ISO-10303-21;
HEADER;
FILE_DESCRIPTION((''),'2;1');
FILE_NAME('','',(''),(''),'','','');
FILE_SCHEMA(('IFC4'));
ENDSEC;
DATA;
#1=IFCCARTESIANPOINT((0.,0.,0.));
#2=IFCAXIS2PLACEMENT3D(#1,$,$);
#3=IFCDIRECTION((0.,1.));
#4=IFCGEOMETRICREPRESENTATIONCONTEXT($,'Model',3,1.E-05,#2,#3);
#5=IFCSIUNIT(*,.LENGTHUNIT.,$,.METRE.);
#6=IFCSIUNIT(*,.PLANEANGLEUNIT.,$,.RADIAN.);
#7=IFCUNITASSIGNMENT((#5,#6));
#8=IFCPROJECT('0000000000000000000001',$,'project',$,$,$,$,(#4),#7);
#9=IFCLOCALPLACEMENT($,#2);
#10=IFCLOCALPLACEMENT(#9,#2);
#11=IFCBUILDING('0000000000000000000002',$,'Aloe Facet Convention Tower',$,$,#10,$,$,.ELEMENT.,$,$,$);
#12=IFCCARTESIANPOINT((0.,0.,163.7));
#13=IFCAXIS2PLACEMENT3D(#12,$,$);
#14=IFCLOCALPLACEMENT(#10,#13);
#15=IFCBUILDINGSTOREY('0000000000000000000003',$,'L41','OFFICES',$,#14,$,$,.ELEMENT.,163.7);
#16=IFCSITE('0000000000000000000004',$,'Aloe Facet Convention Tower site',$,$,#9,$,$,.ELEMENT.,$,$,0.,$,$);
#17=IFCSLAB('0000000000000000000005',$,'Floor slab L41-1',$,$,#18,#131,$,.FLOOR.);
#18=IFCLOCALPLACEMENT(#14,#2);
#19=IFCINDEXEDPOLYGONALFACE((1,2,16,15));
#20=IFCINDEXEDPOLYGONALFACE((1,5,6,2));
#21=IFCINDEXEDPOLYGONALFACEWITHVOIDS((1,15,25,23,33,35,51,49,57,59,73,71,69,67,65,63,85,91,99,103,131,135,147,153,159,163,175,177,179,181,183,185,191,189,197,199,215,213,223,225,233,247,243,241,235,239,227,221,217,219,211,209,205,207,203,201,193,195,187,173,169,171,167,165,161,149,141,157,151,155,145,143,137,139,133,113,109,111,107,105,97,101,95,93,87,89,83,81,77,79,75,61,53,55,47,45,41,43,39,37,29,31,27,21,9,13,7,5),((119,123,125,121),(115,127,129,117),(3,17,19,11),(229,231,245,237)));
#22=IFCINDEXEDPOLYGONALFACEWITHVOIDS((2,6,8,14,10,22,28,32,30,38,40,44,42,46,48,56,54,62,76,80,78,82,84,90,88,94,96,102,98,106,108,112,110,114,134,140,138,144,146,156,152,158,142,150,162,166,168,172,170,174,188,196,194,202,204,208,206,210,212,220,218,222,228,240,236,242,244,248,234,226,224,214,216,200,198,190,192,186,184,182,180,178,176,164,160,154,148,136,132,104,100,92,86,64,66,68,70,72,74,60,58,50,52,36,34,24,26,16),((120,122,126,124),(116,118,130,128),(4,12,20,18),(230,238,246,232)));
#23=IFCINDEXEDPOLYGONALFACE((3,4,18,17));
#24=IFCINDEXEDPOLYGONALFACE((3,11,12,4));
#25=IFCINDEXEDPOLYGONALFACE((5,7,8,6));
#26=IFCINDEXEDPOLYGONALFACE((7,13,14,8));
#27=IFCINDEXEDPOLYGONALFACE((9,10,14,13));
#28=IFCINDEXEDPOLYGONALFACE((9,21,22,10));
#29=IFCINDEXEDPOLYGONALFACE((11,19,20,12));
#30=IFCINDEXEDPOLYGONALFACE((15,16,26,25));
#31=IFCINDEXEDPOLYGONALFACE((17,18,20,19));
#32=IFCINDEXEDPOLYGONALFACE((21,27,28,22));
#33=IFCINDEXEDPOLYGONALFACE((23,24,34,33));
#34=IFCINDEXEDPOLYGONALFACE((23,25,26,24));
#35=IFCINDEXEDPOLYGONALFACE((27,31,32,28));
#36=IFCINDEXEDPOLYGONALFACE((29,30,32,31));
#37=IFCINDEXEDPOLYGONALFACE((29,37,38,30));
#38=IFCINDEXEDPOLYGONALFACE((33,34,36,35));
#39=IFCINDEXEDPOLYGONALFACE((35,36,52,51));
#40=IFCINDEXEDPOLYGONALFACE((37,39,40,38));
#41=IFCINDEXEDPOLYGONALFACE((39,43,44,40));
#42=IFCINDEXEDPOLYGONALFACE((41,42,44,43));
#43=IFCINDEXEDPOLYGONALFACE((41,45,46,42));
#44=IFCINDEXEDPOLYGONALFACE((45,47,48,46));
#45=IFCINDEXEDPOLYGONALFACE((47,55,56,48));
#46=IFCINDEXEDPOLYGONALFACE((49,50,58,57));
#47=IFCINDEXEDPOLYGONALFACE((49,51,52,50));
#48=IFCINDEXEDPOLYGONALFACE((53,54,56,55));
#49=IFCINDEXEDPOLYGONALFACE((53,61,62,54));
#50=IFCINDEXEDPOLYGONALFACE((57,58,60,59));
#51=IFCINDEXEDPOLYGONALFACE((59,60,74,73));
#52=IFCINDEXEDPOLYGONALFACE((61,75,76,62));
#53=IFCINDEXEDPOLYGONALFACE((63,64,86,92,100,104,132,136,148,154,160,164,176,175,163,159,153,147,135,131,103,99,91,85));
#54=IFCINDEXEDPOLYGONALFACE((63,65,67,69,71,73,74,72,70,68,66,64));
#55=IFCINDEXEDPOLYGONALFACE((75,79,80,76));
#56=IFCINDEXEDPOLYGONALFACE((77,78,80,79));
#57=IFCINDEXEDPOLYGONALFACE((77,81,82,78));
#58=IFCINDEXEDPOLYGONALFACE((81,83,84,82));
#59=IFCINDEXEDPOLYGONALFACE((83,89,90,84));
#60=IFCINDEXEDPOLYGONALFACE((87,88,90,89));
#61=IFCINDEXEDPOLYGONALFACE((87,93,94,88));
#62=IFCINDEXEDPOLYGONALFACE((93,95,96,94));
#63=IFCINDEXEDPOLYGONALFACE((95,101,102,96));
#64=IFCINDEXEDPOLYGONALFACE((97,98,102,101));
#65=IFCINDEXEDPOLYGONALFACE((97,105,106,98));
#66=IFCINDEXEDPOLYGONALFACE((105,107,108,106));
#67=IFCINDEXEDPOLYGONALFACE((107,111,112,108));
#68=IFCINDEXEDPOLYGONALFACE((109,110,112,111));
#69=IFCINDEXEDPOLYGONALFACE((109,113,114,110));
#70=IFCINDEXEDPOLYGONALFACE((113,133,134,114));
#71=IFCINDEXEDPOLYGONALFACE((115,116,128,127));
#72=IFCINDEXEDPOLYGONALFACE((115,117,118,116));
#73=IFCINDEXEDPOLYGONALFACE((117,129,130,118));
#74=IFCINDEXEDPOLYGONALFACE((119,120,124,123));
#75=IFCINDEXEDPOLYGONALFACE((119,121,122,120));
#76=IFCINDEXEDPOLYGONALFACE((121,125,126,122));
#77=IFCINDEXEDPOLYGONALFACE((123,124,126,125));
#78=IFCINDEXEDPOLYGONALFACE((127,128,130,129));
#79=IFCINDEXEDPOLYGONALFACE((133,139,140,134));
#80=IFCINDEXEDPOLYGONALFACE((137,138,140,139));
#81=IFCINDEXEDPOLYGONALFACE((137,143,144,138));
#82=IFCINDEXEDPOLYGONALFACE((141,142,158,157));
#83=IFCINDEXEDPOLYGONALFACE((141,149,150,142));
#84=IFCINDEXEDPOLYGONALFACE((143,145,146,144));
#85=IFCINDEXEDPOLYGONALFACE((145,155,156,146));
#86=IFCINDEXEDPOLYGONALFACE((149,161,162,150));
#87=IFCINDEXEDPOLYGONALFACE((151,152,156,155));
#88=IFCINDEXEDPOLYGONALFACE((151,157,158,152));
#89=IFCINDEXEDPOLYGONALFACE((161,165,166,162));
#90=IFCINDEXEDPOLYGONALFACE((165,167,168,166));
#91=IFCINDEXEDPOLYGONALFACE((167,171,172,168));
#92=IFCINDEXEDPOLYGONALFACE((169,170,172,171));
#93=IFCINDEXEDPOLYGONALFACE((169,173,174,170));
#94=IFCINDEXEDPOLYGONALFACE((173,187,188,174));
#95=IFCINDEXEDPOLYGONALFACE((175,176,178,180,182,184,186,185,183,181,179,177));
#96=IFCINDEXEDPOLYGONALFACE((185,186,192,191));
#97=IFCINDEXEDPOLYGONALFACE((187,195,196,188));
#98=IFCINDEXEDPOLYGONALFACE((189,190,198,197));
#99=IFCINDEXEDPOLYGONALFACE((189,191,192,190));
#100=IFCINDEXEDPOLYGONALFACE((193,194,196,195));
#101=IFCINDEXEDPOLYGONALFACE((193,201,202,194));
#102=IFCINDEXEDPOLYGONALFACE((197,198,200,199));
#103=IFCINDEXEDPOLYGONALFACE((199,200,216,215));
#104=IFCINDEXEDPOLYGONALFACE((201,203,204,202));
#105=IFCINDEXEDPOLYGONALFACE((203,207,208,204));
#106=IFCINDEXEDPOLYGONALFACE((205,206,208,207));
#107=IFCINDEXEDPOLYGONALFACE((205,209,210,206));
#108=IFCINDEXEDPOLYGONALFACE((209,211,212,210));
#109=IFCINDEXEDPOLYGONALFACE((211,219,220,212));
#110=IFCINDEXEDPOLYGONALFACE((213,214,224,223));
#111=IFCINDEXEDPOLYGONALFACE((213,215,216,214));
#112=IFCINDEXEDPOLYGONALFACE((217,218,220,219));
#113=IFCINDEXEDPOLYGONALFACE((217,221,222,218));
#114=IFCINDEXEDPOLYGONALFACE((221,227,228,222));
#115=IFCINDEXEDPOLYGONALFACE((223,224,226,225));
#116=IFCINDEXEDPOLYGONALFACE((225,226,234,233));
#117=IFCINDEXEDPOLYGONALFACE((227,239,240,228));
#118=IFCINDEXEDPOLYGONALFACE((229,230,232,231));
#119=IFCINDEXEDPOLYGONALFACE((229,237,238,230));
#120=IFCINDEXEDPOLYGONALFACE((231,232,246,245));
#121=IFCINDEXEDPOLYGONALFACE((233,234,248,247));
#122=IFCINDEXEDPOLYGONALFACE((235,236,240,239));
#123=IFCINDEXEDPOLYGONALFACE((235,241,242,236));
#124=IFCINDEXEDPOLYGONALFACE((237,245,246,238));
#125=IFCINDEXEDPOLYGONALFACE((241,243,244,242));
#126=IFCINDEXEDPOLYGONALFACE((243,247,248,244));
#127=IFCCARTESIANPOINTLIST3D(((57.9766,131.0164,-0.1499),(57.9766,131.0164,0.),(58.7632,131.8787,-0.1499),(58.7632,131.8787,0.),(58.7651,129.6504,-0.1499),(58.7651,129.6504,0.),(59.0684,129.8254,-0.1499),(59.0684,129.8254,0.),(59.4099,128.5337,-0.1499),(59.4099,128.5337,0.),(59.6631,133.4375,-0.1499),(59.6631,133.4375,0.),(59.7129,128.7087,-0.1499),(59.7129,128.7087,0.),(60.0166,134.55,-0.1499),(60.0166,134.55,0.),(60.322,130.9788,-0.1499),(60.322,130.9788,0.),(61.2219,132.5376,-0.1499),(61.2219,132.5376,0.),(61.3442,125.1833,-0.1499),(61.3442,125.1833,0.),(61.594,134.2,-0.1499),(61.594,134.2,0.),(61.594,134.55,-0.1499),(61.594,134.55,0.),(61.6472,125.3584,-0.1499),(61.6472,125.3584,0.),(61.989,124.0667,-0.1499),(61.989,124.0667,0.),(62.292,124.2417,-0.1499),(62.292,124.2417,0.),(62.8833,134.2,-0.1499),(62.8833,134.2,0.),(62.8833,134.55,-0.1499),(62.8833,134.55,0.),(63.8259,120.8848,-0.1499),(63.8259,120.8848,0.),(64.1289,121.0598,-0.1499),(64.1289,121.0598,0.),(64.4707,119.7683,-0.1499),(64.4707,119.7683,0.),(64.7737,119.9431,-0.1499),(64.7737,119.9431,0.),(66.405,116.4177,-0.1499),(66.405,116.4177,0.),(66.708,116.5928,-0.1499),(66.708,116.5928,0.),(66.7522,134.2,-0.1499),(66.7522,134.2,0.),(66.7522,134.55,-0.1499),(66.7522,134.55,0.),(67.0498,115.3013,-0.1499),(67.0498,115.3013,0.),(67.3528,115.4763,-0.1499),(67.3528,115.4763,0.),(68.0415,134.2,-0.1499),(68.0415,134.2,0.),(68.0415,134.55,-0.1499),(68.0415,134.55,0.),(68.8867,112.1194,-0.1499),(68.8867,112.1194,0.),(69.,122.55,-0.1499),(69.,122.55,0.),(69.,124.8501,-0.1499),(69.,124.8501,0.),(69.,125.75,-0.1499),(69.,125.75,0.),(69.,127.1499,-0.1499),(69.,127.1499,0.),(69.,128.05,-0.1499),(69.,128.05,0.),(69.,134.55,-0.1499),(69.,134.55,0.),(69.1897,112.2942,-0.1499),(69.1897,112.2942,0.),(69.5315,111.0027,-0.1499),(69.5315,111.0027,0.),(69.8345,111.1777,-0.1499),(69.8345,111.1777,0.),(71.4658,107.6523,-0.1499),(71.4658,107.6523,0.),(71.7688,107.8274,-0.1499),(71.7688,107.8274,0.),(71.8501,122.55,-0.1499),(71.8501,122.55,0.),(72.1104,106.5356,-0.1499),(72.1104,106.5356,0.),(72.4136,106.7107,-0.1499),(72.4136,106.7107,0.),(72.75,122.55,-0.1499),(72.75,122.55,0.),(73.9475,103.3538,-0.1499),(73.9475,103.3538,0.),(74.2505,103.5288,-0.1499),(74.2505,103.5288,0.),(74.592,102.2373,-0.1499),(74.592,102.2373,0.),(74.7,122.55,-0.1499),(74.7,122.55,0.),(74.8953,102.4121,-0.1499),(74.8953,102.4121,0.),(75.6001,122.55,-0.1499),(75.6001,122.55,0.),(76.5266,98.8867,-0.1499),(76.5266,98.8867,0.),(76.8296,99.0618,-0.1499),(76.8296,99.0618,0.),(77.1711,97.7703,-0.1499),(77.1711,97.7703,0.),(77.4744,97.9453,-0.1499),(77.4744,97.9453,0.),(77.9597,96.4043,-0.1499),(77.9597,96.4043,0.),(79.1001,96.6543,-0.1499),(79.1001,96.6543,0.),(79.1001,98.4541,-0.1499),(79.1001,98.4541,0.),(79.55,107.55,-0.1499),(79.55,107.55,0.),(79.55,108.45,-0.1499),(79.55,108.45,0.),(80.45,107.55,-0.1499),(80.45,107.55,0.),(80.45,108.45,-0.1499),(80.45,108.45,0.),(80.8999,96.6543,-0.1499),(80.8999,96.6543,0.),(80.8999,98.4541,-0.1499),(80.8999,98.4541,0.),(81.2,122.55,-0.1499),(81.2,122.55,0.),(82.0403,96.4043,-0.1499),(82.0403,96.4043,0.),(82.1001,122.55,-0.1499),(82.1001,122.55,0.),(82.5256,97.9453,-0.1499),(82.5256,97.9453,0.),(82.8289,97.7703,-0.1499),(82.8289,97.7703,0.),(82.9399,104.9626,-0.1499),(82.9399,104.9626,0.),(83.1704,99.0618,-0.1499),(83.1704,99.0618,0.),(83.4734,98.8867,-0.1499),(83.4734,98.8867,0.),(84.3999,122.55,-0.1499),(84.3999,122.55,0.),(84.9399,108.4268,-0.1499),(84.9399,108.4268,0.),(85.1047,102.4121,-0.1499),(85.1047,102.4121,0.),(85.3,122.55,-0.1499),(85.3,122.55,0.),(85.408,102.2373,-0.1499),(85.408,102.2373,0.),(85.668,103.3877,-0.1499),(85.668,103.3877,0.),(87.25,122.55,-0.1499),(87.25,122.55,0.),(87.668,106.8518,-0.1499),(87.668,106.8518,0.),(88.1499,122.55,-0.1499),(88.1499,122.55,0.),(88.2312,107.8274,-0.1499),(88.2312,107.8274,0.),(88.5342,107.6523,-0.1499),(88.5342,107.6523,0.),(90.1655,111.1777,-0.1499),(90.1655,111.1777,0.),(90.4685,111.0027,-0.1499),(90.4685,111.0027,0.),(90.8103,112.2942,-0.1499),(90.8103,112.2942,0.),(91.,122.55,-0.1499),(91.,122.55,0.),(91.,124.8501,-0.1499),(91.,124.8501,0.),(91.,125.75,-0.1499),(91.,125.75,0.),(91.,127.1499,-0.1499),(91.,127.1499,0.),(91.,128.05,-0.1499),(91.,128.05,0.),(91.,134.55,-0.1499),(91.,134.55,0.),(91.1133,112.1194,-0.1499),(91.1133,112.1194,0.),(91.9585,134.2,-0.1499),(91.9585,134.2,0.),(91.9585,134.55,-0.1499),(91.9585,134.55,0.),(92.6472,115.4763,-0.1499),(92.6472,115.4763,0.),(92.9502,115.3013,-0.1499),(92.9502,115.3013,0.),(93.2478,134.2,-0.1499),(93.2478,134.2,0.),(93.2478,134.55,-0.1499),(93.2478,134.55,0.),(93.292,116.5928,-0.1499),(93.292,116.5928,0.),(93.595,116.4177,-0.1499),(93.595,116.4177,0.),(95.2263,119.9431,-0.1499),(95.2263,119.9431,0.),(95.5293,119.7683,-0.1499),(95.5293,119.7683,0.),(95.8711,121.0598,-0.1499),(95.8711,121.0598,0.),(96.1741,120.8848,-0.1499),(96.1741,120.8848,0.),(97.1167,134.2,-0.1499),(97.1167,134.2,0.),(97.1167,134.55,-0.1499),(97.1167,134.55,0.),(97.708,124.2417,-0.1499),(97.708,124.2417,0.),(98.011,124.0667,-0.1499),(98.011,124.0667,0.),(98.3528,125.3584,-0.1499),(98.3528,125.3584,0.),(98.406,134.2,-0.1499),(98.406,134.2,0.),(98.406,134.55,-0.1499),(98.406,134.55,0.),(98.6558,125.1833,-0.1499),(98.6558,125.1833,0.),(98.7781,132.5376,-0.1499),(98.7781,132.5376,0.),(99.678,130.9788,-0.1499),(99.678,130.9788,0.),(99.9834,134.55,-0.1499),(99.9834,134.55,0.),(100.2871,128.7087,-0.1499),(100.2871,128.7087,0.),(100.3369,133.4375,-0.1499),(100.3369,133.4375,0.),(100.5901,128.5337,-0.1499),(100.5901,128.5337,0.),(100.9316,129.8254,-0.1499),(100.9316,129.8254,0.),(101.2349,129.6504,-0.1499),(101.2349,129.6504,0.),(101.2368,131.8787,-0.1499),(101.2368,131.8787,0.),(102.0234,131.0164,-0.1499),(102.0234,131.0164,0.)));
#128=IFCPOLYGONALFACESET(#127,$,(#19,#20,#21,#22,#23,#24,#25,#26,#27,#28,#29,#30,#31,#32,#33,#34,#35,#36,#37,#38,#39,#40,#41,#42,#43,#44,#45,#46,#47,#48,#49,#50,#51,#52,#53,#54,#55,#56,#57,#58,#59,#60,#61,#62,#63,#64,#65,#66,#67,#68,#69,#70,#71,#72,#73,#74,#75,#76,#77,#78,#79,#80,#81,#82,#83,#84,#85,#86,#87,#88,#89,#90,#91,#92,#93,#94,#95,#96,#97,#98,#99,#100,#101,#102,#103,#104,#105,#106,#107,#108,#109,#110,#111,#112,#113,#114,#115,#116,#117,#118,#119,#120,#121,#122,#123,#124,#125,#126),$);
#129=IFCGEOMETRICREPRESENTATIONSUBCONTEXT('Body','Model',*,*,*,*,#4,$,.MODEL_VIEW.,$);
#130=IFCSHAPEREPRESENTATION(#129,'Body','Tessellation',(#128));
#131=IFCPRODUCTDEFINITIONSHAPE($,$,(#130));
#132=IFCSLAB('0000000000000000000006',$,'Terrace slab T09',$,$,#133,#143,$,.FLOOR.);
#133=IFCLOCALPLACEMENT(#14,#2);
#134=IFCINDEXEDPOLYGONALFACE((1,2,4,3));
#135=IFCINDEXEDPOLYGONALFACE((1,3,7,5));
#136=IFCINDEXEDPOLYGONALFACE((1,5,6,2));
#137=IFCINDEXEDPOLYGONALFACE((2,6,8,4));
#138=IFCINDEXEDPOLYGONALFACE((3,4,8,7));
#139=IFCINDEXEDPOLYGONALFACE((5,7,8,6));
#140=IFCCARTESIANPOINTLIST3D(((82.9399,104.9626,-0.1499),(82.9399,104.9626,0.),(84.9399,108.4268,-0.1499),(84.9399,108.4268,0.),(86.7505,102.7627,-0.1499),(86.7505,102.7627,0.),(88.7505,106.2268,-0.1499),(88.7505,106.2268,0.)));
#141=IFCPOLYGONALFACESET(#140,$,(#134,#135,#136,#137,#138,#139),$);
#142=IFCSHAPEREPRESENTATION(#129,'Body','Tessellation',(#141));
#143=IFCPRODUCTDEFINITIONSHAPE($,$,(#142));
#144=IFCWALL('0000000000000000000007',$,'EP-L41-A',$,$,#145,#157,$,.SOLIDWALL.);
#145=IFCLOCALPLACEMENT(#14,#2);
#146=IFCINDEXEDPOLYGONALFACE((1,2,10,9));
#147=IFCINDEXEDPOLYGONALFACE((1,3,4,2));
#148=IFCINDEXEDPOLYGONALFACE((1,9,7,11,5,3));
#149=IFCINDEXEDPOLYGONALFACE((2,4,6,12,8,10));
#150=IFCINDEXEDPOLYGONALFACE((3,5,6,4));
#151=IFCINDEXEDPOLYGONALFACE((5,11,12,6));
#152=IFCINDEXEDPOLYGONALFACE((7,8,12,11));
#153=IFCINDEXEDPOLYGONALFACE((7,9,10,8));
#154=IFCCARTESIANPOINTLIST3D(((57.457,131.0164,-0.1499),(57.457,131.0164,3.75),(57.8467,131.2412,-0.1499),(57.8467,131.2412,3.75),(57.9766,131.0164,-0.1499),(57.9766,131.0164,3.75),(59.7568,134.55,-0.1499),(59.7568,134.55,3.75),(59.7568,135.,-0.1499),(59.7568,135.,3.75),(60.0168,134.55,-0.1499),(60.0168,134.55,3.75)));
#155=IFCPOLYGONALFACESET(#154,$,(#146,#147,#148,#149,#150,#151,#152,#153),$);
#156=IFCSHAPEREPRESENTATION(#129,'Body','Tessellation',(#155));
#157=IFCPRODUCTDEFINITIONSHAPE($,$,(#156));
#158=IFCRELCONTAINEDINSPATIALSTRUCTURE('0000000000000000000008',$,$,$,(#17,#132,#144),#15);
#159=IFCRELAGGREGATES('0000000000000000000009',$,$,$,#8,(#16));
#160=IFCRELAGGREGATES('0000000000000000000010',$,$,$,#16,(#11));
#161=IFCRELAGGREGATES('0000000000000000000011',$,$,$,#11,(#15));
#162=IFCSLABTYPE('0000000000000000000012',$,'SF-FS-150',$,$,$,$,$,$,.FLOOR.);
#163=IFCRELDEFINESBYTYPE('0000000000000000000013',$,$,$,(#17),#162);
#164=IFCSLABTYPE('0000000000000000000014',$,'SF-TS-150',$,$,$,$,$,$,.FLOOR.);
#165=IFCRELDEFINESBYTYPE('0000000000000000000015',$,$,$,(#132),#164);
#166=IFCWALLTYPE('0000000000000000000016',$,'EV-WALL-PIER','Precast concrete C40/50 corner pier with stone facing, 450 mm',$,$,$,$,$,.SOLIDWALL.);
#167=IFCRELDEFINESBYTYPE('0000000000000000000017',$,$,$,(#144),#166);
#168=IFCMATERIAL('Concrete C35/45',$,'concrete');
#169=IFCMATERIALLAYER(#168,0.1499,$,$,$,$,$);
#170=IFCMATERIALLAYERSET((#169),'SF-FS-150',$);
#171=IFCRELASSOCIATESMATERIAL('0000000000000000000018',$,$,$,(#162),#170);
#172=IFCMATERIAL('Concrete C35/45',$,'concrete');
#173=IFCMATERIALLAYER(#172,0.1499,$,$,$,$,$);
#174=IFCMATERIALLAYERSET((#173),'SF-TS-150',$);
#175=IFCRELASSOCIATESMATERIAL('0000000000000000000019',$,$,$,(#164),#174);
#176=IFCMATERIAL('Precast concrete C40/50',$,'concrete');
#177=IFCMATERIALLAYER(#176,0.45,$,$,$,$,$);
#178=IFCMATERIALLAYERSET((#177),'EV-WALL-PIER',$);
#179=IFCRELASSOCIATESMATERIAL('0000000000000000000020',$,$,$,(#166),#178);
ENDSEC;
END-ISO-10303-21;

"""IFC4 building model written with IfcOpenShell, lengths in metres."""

from ifc_helpers import new_model, si_unit, direction, frame, origin, place, context, subcontext, project, spatial, polyline, outline, extrude, material, layer, layer_set, type_object, element, save


model = new_model("IFC4")

# Units and contexts
model_context = context("Model", 3, precision=1e-05, world=origin(), true_north=direction((0.0, 1.0)))
body_context = subcontext(model_context, "Body", "Model", "MODEL_VIEW")
ifc_project = project(units=[si_unit("LENGTHUNIT", "METRE"), si_unit("PLANEANGLEUNIT", "RADIAN")], contexts=[model_context])

# Site, building, storey
site_placement = place(None, origin())
site = spatial("IfcSite", under=ifc_project, at=site_placement, Name="Aloe Facet Convention Tower site", CompositionType="ELEMENT", RefElevation=0.0)
building_placement = place(site_placement, origin())
building = spatial("IfcBuilding", under=site, at=building_placement, Name="Aloe Facet Convention Tower", CompositionType="ELEMENT")
storey_placement = place(building_placement, frame((0.0, 0.0, 163.7)))
storey = spatial("IfcBuildingStorey", under=building, at=storey_placement, Name="L41", Description="OFFICES", CompositionType="ELEMENT", Elevation=163.7)

# Slabs
ifc_material_1 = material(Name="Concrete C35/45", Category="concrete")
ifc_layer_1 = layer(ifc_material_1, 0.1499)
ifc_layer_set_1 = layer_set([ifc_layer_1], Name="SF-FS-150")
slab_type_1 = type_object("IfcSlabType", Name="SF-FS-150", PredefinedType="FLOOR", material=ifc_layer_set_1)
slab_1_placement = place(storey_placement, frame((0.0, 0.0, -0.1499)))
element("IfcSlab", 1, at=slab_1_placement, inside=storey, type_object=slab_type_1, Name="Floor slab L41-1", PredefinedType="FLOOR", context=body_context, shape_type="SweptSolid", body=[
    extrude(outline(polyline([(77.9597, 96.4043), (77.1711, 97.7703), (77.4744, 97.9453), (76.8296, 99.0618), (76.5266, 98.8867), (74.592, 102.2373), (74.8953, 102.4121), (74.2505, 103.5288), (73.9475, 103.3538), (72.1104, 106.5356), (72.4136, 106.7107), (71.7688, 107.8274), (71.4658, 107.6523), (69.5315, 111.0027), (69.8345, 111.1777), (69.1897, 112.2942), (68.8867, 112.1194), (67.0498, 115.3013), (67.3528, 115.4763), (66.708, 116.5928), (66.405, 116.4177), (64.4707, 119.7683), (64.7737, 119.9431), (64.1289, 121.0598), (63.8259, 120.8848), (61.989, 124.0667), (62.292, 124.2417), (61.6472, 125.3584), (61.3442, 125.1833), (59.4099, 128.5337), (59.7129, 128.7087), (59.0684, 129.8254), (58.7651, 129.6504), (57.9766, 131.0164), (60.0166, 134.55), (61.594, 134.55), (61.594, 134.2), (62.8833, 134.2), (62.8833, 134.55), (66.7522, 134.55), (66.7522, 134.2), (68.0415, 134.2), (68.0415, 134.55), (69.0, 134.55), (69.0, 128.05), (69.0, 127.1499), (69.0, 125.75), (69.0, 124.8501), (69.0, 122.55), (71.8501, 122.55), (72.75, 122.55), (74.7, 122.55), (75.6001, 122.55), (81.2, 122.55), (82.1001, 122.55), (84.3999, 122.55), (85.3, 122.55), (87.25, 122.55), (88.1499, 122.55), (91.0, 122.55), (91.0, 124.8501), (91.0, 125.75), (91.0, 127.1499), (91.0, 128.05), (91.0, 134.55), (91.9585, 134.55), (91.9585, 134.2), (93.2478, 134.2), (93.2478, 134.55), (97.1167, 134.55), (97.1167, 134.2), (98.406, 134.2), (98.406, 134.55), (99.9834, 134.55), (102.0234, 131.0164), (101.2349, 129.6504), (100.9316, 129.8254), (100.2871, 128.7087), (100.5901, 128.5337), (98.6558, 125.1833), (98.3528, 125.3584), (97.708, 124.2417), (98.011, 124.0667), (96.1741, 120.8848), (95.8711, 121.0598), (95.2263, 119.9431), (95.5293, 119.7683), (93.595, 116.4177), (93.292, 116.5928), (92.6472, 115.4763), (92.9502, 115.3013), (91.1133, 112.1194), (90.8103, 112.2942), (90.1655, 111.1777), (90.4685, 111.0027), (88.5342, 107.6523), (88.2312, 107.8274), (87.668, 106.8518), (84.9399, 108.4268), (82.9399, 104.9626), (85.668, 103.3877), (85.1047, 102.4121), (85.408, 102.2373), (83.4734, 98.8867), (83.1704, 99.0618), (82.5256, 97.9453), (82.8289, 97.7703), (82.0403, 96.4043), (77.9597, 96.4043)]), holes=[polyline([(80.8999, 96.6543), (80.8999, 98.4541), (79.1001, 98.4541), (79.1001, 96.6543), (80.8999, 96.6543)]), polyline([(59.6631, 133.4375), (58.7632, 131.8787), (60.322, 130.9788), (61.2219, 132.5376), (59.6631, 133.4375)]), polyline([(80.45, 107.55), (80.45, 108.45), (79.55, 108.45), (79.55, 107.55), (80.45, 107.55)]), polyline([(101.2368, 131.8787), (100.3369, 133.4375), (98.7781, 132.5376), (99.678, 130.9788), (101.2368, 131.8787)])]), origin(), (0.0, 0.0, 1.0), 0.1499),
])
ifc_material_2 = material(Name="Concrete C35/45", Category="concrete")
ifc_layer_2 = layer(ifc_material_2, 0.1499)
ifc_layer_set_2 = layer_set([ifc_layer_2], Name="SF-TS-150")
slab_type_2 = type_object("IfcSlabType", Name="SF-TS-150", PredefinedType="FLOOR", material=ifc_layer_set_2)
slab_2_placement = place(storey_placement, frame((0.0, 0.0, -0.1499)))
element("IfcSlab", 2, at=slab_2_placement, inside=storey, type_object=slab_type_2, Name="Terrace slab T09", PredefinedType="FLOOR", context=body_context, shape_type="SweptSolid", body=[
    extrude(outline(polyline([(86.7505, 102.7627), (82.9399, 104.9626), (84.9399, 108.4268), (88.7505, 106.2268), (86.7505, 102.7627)])), origin(), (0.0, 0.0, 1.0), 0.1499),
])

# Wall
ifc_material_3 = material(Name="Precast concrete C40/50", Category="concrete")
ifc_layer_3 = layer(ifc_material_3, 0.45)
ifc_layer_set_3 = layer_set([ifc_layer_3], Name="EV-WALL-PIER")
wall_type_1 = type_object("IfcWallType", Name="EV-WALL-PIER", Description="Precast concrete C40/50 corner pier with stone facing, 450 mm", PredefinedType="SOLIDWALL", material=ifc_layer_set_3)
wall_1_placement = place(storey_placement, frame((0.0, 0.0, -0.1499)))
element("IfcWall", 3, at=wall_1_placement, inside=storey, type_object=wall_type_1, Name="EP-L41-A", PredefinedType="SOLIDWALL", context=body_context, shape_type="SweptSolid", body=[
    extrude(outline(polyline([(59.7568, 135.0), (59.7568, 134.55), (60.0168, 134.55), (57.9766, 131.0164), (57.8467, 131.2412), (57.457, 131.0164), (59.7568, 135.0)])), origin(), (0.0, 0.0, 1.0), 3.8999),
])

save(model, "model.ifc")
